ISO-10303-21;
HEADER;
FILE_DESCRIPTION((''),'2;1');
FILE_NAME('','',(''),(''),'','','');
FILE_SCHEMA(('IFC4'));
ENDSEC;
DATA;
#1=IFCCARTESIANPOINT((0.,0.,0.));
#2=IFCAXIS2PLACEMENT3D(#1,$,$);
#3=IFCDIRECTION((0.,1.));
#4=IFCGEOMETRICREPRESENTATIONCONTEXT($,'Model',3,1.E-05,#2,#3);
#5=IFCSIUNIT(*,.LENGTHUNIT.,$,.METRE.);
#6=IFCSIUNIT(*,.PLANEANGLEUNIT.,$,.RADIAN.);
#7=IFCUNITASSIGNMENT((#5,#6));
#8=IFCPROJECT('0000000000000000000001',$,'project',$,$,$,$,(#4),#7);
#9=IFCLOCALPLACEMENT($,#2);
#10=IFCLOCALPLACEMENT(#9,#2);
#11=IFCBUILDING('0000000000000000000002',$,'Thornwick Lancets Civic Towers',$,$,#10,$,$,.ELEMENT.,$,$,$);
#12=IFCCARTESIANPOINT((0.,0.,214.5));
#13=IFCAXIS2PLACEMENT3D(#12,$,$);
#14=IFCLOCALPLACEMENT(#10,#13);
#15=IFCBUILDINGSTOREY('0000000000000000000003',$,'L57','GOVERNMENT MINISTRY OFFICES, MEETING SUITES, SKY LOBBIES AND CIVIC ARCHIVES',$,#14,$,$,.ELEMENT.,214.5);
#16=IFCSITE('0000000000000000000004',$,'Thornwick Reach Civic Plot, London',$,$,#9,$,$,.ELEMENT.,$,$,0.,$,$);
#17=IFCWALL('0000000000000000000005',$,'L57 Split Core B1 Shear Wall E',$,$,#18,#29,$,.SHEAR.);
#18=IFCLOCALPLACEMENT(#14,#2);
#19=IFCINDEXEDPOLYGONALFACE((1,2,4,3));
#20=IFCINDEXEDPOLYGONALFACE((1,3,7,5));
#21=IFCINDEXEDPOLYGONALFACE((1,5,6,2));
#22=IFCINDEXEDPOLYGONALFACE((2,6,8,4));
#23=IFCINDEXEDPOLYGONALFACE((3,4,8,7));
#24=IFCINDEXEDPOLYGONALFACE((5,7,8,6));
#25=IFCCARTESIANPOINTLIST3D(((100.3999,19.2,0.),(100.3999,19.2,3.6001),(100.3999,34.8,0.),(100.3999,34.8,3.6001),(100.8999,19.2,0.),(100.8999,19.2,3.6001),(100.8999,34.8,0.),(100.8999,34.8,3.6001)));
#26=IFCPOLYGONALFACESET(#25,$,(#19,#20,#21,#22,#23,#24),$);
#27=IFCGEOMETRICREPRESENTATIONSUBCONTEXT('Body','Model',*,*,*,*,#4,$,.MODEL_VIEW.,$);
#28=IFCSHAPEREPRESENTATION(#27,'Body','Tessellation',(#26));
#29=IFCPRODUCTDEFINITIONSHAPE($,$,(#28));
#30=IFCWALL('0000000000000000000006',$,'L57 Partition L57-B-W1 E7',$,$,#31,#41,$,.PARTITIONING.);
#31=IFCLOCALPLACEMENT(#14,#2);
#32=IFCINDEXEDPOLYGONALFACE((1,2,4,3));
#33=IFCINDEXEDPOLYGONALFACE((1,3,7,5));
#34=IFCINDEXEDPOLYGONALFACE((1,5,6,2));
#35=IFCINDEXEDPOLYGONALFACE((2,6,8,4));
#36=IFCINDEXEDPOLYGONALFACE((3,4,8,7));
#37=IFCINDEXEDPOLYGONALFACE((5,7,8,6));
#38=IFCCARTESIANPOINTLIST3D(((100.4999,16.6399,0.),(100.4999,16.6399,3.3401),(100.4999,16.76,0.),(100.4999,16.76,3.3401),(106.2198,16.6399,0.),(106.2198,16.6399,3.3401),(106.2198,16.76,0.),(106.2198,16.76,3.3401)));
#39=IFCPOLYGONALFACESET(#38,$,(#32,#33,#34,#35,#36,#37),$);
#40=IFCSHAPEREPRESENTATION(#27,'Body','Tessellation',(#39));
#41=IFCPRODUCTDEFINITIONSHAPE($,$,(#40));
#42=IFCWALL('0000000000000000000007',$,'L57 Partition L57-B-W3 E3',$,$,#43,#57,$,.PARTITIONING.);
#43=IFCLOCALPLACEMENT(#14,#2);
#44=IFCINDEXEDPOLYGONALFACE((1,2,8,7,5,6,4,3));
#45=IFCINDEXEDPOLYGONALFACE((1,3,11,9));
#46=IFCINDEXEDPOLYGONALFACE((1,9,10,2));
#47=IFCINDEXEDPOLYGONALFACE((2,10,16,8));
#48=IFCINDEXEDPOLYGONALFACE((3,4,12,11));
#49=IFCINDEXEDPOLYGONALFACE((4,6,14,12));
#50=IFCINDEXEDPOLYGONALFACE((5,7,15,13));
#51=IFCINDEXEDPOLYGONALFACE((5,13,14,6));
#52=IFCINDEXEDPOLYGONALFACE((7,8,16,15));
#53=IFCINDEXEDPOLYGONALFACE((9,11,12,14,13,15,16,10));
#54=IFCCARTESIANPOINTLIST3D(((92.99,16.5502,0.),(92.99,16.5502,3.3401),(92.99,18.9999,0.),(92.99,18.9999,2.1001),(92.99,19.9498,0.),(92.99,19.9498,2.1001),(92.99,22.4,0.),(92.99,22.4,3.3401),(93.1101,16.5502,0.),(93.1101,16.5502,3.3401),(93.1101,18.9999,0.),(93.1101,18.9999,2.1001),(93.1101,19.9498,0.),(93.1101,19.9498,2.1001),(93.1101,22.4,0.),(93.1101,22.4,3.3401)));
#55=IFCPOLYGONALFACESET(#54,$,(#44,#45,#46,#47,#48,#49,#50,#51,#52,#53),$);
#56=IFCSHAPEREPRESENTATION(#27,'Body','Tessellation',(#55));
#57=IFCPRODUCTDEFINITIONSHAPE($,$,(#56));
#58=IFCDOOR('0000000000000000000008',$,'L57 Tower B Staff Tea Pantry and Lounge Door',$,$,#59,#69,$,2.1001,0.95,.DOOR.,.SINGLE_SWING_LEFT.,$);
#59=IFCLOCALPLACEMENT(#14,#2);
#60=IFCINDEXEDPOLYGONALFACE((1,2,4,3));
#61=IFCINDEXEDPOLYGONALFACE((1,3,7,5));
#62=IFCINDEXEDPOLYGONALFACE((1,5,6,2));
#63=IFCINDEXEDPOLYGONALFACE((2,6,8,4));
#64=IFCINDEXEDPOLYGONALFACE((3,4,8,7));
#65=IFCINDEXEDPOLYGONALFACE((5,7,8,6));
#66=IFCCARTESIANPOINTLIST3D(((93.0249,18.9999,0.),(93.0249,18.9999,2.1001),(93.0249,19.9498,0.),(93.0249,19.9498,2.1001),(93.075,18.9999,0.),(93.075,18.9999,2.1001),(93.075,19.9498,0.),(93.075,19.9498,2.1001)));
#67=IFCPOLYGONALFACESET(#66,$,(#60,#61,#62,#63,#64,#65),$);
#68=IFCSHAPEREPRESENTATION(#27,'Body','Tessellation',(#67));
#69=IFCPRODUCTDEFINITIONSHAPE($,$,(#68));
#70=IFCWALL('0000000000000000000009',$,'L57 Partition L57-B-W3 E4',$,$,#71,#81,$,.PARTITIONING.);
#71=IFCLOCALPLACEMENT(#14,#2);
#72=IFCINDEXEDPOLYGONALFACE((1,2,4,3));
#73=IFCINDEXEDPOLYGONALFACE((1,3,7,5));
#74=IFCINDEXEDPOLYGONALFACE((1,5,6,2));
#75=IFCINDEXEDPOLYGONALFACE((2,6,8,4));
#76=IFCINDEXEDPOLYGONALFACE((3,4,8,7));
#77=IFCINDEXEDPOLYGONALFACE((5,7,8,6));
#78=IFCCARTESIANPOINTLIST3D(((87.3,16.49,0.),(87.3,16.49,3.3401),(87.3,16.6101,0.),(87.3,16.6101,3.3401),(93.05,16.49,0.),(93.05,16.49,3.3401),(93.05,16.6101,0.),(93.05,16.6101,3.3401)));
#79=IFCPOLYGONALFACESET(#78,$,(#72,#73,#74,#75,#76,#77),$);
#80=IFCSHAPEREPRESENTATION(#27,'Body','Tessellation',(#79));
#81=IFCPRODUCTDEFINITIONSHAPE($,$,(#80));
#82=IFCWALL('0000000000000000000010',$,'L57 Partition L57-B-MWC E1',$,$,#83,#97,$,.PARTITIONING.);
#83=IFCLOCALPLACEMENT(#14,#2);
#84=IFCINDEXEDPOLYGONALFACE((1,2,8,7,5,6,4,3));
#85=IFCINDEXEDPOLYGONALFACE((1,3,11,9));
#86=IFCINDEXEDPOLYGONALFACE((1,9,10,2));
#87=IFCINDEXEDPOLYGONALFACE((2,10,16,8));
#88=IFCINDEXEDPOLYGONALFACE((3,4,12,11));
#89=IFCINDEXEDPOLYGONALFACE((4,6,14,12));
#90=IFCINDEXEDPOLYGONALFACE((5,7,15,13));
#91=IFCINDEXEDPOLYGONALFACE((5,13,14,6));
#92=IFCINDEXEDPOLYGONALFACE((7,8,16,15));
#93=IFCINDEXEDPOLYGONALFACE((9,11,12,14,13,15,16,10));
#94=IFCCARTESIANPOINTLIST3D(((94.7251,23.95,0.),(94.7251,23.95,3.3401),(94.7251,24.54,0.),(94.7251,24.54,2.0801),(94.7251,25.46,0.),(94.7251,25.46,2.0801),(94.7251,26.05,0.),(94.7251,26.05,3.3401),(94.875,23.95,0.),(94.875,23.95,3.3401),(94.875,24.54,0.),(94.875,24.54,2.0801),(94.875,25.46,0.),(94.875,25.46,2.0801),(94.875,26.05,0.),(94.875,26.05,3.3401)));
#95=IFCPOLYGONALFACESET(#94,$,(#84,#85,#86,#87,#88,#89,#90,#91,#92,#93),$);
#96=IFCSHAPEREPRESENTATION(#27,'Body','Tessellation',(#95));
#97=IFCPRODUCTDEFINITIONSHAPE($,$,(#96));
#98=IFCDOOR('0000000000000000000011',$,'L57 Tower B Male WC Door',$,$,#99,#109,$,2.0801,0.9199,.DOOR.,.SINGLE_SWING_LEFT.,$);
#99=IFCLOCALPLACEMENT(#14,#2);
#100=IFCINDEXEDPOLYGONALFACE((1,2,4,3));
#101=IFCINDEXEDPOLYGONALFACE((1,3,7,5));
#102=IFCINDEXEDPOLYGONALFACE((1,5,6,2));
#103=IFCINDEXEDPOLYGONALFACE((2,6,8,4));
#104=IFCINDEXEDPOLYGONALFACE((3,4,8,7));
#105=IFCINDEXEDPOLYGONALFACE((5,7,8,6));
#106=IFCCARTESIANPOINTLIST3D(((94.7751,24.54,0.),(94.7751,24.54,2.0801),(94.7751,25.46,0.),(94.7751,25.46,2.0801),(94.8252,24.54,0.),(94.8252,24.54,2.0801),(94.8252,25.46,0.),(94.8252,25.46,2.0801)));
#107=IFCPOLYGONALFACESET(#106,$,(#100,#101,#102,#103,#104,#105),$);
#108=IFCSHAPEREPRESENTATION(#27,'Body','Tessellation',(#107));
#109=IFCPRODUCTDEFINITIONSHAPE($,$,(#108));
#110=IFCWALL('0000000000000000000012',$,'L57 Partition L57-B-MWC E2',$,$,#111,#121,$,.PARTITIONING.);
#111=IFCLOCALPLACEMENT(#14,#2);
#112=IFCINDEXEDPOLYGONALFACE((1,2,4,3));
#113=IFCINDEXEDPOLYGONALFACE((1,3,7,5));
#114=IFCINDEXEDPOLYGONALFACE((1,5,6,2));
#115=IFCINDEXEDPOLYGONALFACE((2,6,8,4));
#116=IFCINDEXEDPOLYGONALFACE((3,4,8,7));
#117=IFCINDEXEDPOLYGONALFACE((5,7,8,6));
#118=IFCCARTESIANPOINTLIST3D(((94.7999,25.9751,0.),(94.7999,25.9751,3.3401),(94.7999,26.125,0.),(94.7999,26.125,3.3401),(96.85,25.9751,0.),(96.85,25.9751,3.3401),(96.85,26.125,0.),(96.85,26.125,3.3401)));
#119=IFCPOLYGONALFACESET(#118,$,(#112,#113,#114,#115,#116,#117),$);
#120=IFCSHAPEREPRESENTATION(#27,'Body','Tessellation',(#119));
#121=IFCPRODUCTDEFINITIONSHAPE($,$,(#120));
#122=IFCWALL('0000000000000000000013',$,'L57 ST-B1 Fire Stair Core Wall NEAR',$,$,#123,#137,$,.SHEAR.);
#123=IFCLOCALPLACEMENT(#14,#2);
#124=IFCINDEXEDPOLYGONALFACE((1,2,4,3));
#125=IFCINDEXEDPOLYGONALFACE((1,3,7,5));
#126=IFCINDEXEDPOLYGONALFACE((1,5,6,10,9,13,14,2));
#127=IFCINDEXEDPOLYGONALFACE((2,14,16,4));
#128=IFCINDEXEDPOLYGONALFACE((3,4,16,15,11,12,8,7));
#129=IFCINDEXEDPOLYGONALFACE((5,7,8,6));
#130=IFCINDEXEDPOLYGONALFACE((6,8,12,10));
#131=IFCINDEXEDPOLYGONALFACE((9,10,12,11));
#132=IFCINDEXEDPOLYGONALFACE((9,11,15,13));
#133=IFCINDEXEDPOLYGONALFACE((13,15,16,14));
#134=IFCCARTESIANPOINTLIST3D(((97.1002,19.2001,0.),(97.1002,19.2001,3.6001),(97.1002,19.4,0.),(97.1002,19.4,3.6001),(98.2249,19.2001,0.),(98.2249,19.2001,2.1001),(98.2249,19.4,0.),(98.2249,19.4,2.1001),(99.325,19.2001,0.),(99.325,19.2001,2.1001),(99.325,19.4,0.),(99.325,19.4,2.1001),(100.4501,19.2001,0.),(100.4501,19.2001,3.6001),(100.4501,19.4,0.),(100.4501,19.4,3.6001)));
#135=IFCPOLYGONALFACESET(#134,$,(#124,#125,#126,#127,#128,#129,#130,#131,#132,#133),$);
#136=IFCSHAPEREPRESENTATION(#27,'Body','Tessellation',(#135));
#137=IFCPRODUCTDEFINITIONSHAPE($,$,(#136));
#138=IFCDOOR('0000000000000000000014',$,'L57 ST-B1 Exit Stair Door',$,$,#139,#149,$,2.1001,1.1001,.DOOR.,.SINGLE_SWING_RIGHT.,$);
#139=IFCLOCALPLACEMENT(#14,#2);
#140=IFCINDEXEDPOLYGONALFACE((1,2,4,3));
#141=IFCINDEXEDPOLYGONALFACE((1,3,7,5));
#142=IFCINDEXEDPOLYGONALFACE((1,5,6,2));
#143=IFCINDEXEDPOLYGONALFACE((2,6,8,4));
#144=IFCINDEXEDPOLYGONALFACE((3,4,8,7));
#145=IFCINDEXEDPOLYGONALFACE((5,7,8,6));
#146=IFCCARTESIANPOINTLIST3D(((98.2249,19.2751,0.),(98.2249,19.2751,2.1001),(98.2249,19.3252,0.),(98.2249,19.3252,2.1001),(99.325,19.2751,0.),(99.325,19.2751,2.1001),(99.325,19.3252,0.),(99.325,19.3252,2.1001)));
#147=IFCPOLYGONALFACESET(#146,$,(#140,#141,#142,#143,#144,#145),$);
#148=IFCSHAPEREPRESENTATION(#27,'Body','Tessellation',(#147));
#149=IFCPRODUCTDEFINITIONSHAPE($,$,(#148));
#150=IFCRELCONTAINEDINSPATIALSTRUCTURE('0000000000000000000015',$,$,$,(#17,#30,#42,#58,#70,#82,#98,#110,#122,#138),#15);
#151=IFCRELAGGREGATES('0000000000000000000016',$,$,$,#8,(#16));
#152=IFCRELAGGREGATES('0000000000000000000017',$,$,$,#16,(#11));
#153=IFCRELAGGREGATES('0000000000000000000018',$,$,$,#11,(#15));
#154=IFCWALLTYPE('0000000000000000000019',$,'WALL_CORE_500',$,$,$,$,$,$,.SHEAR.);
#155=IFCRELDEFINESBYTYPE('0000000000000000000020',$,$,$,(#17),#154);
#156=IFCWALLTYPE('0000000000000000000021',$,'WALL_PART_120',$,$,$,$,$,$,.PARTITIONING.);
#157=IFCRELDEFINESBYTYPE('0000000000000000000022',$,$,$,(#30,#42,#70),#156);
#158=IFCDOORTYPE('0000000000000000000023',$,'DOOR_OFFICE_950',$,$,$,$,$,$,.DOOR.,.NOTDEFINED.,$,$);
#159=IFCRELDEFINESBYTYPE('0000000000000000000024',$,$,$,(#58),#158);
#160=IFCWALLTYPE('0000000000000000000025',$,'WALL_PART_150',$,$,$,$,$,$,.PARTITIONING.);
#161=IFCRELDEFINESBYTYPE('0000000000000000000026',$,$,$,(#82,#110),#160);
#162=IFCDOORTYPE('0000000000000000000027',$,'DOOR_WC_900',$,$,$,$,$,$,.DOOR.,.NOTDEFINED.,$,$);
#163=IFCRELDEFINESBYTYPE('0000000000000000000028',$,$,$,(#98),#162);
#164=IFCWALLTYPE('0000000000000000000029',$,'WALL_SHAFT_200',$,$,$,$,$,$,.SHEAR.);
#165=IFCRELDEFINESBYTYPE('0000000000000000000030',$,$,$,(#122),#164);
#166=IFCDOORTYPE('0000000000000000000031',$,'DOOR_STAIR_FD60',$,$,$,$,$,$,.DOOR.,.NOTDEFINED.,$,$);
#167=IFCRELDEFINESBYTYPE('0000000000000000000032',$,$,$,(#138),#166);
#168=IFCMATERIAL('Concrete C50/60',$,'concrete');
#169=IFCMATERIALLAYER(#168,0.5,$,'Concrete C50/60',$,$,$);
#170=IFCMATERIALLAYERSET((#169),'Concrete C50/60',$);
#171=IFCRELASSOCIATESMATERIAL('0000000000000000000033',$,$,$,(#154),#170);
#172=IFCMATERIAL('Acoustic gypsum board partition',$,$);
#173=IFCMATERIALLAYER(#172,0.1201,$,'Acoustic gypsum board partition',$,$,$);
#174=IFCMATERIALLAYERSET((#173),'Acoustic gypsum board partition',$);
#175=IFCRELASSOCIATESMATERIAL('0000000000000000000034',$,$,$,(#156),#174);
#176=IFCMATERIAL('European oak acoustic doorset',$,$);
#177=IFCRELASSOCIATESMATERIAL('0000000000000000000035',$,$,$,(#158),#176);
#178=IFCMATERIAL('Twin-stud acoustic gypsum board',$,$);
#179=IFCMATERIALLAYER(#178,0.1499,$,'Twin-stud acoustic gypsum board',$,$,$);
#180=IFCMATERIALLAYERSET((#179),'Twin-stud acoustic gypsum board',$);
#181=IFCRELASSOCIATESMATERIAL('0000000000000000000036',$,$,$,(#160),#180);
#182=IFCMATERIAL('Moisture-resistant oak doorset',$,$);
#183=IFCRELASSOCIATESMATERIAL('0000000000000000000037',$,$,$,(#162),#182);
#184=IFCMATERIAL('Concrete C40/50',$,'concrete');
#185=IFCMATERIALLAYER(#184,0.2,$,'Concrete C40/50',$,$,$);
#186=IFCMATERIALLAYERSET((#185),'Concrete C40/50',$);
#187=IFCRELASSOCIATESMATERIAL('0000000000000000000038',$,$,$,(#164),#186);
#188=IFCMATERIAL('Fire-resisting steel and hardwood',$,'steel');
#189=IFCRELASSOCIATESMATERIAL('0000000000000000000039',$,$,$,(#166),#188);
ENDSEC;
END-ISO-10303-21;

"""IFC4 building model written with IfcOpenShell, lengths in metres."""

from ifc_helpers import new_model, si_unit, direction, frame, frame_2d, origin, place, context, subcontext, project, spatial, rectangle, extrude, material, layer, layer_set, type_object, element, fill, save


model = new_model("IFC4")

# Units and contexts
model_context = context("Model", 3, precision=1e-05, world=origin(), true_north=direction((0.0, 1.0)))
body_context = subcontext(model_context, "Body", "Model", "MODEL_VIEW")
ifc_project = project(units=[si_unit("LENGTHUNIT", "METRE"), si_unit("PLANEANGLEUNIT", "RADIAN")], contexts=[model_context])

# Site, building, storey
site_placement = place(None, origin())
site = spatial("IfcSite", under=ifc_project, at=site_placement, Name="Thornwick Reach Civic Plot, London", CompositionType="ELEMENT", RefElevation=0.0)
building_placement = place(site_placement, origin())
building = spatial("IfcBuilding", under=site, at=building_placement, Name="Thornwick Lancets Civic Towers", CompositionType="ELEMENT")
storey_placement = place(building_placement, frame((0.0, 0.0, 214.5)))
storey = spatial("IfcBuildingStorey", under=building, at=storey_placement, Name="L57", Description="GOVERNMENT MINISTRY OFFICES, MEETING SUITES, SKY LOBBIES AND CIVIC ARCHIVES", CompositionType="ELEMENT", Elevation=214.5)

# Shared definitions
ifc_material_1 = material(Name="Concrete C50/60", Category="concrete")

# Shared definitions
ifc_material_2 = material(Name="Concrete C40/50", Category="concrete")

# Walls
ifc_layer_1 = layer(ifc_material_1, 0.5, Name="Concrete C50/60")
ifc_layer_set_1 = layer_set([ifc_layer_1], Name="Concrete C50/60")
wall_type_1 = type_object("IfcWallType", Name="WALL_CORE_500", PredefinedType="SHEAR", material=ifc_layer_set_1)
wall_1_placement = place(storey_placement, frame((100.6499, 19.2, 0.0), z_axis=(0.0, 0.0, 1.0), x_axis=(0.0, 1.0, 0.0)))
element("IfcWall", 1, at=wall_1_placement, inside=storey, type_object=wall_type_1, Name="L57 Split Core B1 Shear Wall E", PredefinedType="SHEAR", context=body_context, shape_type="SweptSolid", body=[
    extrude(rectangle(XDim=15.6001, YDim=0.5, at=frame_2d((7.8, 0.0))), origin(), (0.0, 0.0, 1.0), 3.6001),
])
ifc_material_3 = material(Name="Acoustic gypsum board partition")
ifc_layer_2 = layer(ifc_material_3, 0.1201, Name="Acoustic gypsum board partition")
ifc_layer_set_2 = layer_set([ifc_layer_2], Name="Acoustic gypsum board partition")
wall_type_2 = type_object("IfcWallType", Name="WALL_PART_120", PredefinedType="PARTITIONING", material=ifc_layer_set_2)
wall_2_placement = place(storey_placement, frame((100.5, 16.7, 0.0), z_axis=(0.0, 0.0, 1.0), x_axis=(1.0, 0.0, 0.0)))
element("IfcWall", 2, at=wall_2_placement, inside=storey, type_object=wall_type_2, Name="L57 Partition L57-B-W1 E7", PredefinedType="PARTITIONING", context=body_context, shape_type="SweptSolid", body=[
    extrude(rectangle(XDim=5.72, YDim=0.1201, at=frame_2d((2.8599, 0.0))), origin(), (0.0, 0.0, 1.0), 3.3401),
])

# Wall, opening, door
wall_3_placement = place(storey_placement, frame((93.05, 22.3999, 0.0), z_axis=(0.0, 0.0, 1.0), x_axis=(0.0, -1.0, 0.0)))
wall_3 = element("IfcWall", 3, at=wall_3_placement, inside=storey, type_object=wall_type_2, Name="L57 Partition L57-B-W3 E3", PredefinedType="PARTITIONING", context=body_context, shape_type="SweptSolid", body=[
    extrude(rectangle(XDim=5.8499, YDim=0.1201, at=frame_2d((2.9248, 0.0))), origin(), (0.0, 0.0, 1.0), 3.3401),
])
opening_1_placement = place(wall_3_placement, frame((2.45, 0.0, 0.0)))
opening_1 = element("IfcOpeningElement", 4, at=opening_1_placement, cuts=wall_3, PredefinedType="OPENING", context=body_context, shape_type="SweptSolid", body=[
    extrude(rectangle(XDim=0.95, YDim=2.1001, at=frame_2d((0.4751, 1.05))), frame((0.0, 0.0701, 0.0), z_axis=(0.0, -1.0, 0.0), x_axis=(1.0, 0.0, 0.0)), (0.0, 0.0, 1.0), 0.1401),
])
ifc_material_4 = material(Name="European oak acoustic doorset")
door_type_1 = type_object("IfcDoorType", Name="DOOR_OFFICE_950", OperationType="NOTDEFINED", PredefinedType="DOOR", material=ifc_material_4)
door_1_placement = place(opening_1_placement, origin())
door_1 = element("IfcDoor", 5, at=door_1_placement, inside=storey, type_object=door_type_1, Name="L57 Tower B Staff Tea Pantry and Lounge Door", OperationType="SINGLE_SWING_LEFT", OverallHeight=2.1001, OverallWidth=0.95, PredefinedType="DOOR", context=body_context, shape_type="SweptSolid", body=[
    extrude(rectangle(XDim=0.95, YDim=2.1001, at=frame_2d((0.4751, 1.05))), frame((0.0, 0.0249, 0.0), z_axis=(0.0, -1.0, 0.0), x_axis=(1.0, 0.0, 0.0)), (0.0, 0.0, 1.0), 0.05),
])
fill(opening_1, door_1)

# Wall
wall_4_placement = place(storey_placement, frame((93.05, 16.55, 0.0), z_axis=(0.0, 0.0, 1.0), x_axis=(-1.0, 0.0, 0.0)))
element("IfcWall", 6, at=wall_4_placement, inside=storey, type_object=wall_type_2, Name="L57 Partition L57-B-W3 E4", PredefinedType="PARTITIONING", context=body_context, shape_type="SweptSolid", body=[
    extrude(rectangle(XDim=5.75, YDim=0.1201, at=frame_2d((2.875, 0.0))), origin(), (0.0, 0.0, 1.0), 3.3401),
])

# Wall, opening, door
ifc_material_5 = material(Name="Twin-stud acoustic gypsum board")
ifc_layer_3 = layer(ifc_material_5, 0.1499, Name="Twin-stud acoustic gypsum board")
ifc_layer_set_3 = layer_set([ifc_layer_3], Name="Twin-stud acoustic gypsum board")
wall_type_3 = type_object("IfcWallType", Name="WALL_PART_150", PredefinedType="PARTITIONING", material=ifc_layer_set_3)
wall_5_placement = place(storey_placement, frame((94.8, 23.95, 0.0), z_axis=(0.0, 0.0, 1.0), x_axis=(0.0, 1.0, 0.0)))
wall_5 = element("IfcWall", 7, at=wall_5_placement, inside=storey, type_object=wall_type_3, Name="L57 Partition L57-B-MWC E1", PredefinedType="PARTITIONING", context=body_context, shape_type="SweptSolid", body=[
    extrude(rectangle(XDim=2.1001, YDim=0.1499, at=frame_2d((1.05, 0.0))), origin(), (0.0, 0.0, 1.0), 3.3401),
])
opening_2_placement = place(wall_5_placement, frame((0.5901, 0.0, 0.0)))
opening_2 = element("IfcOpeningElement", 8, at=opening_2_placement, cuts=wall_5, PredefinedType="OPENING", context=body_context, shape_type="SweptSolid", body=[
    extrude(rectangle(XDim=0.9199, YDim=2.0801, at=frame_2d((0.46, 1.04))), frame((0.0, 0.085, 0.0), z_axis=(0.0, -1.0, 0.0), x_axis=(1.0, 0.0, 0.0)), (0.0, 0.0, 1.0), 0.1699),
])
ifc_material_6 = material(Name="Moisture-resistant oak doorset")
door_type_2 = type_object("IfcDoorType", Name="DOOR_WC_900", OperationType="NOTDEFINED", PredefinedType="DOOR", material=ifc_material_6)
door_2_placement = place(opening_2_placement, origin())
door_2 = element("IfcDoor", 9, at=door_2_placement, inside=storey, type_object=door_type_2, Name="L57 Tower B Male WC Door", OperationType="SINGLE_SWING_LEFT", OverallHeight=2.0801, OverallWidth=0.9199, PredefinedType="DOOR", context=body_context, shape_type="SweptSolid", body=[
    extrude(rectangle(XDim=0.9199, YDim=2.0801, at=frame_2d((0.46, 1.04))), frame((0.0, 0.0249, 0.0), z_axis=(0.0, -1.0, 0.0), x_axis=(1.0, 0.0, 0.0)), (0.0, 0.0, 1.0), 0.05),
])
fill(opening_2, door_2)

# Wall
wall_6_placement = place(storey_placement, frame((94.8, 26.05, 0.0), z_axis=(0.0, 0.0, 1.0), x_axis=(1.0, 0.0, 0.0)))
element("IfcWall", 10, at=wall_6_placement, inside=storey, type_object=wall_type_3, Name="L57 Partition L57-B-MWC E2", PredefinedType="PARTITIONING", context=body_context, shape_type="SweptSolid", body=[
    extrude(rectangle(XDim=2.05, YDim=0.1499, at=frame_2d((1.0249, 0.0))), origin(), (0.0, 0.0, 1.0), 3.3401),
])

# Wall, opening, door
ifc_layer_4 = layer(ifc_material_2, 0.2, Name="Concrete C40/50")
ifc_layer_set_4 = layer_set([ifc_layer_4], Name="Concrete C40/50")
wall_type_4 = type_object("IfcWallType", Name="WALL_SHAFT_200", PredefinedType="SHEAR", material=ifc_layer_set_4)
wall_7_placement = place(storey_placement, frame((100.45, 19.3, 0.0), z_axis=(0.0, 0.0, 1.0), x_axis=(-1.0, 0.0, 0.0)))
wall_7 = element("IfcWall", 11, at=wall_7_placement, inside=storey, type_object=wall_type_4, Name="L57 ST-B1 Fire Stair Core Wall NEAR", PredefinedType="SHEAR", context=body_context, shape_type="SweptSolid", body=[
    extrude(rectangle(XDim=3.3499, YDim=0.2, at=frame_2d((1.6748, 0.0))), origin(), (0.0, 0.0, 1.0), 3.6001),
])
opening_3_placement = place(wall_7_placement, frame((1.125, 0.0, 0.0)))
opening_3 = element("IfcOpeningElement", 12, at=opening_3_placement, cuts=wall_7, PredefinedType="OPENING", context=body_context, shape_type="SweptSolid", body=[
    extrude(rectangle(XDim=1.1001, YDim=2.1001, at=frame_2d((0.55, 1.05))), frame((0.0, 0.1099, 0.0), z_axis=(0.0, -1.0, 0.0), x_axis=(1.0, 0.0, 0.0)), (0.0, 0.0, 1.0), 0.22),
])
ifc_material_7 = material(Name="Fire-resisting steel and hardwood", Category="steel")
door_type_3 = type_object("IfcDoorType", Name="DOOR_STAIR_FD60", OperationType="NOTDEFINED", PredefinedType="DOOR", material=ifc_material_7)
door_3_placement = place(opening_3_placement, origin())
door_3 = element("IfcDoor", 13, at=door_3_placement, inside=storey, type_object=door_type_3, Name="L57 ST-B1 Exit Stair Door", OperationType="SINGLE_SWING_RIGHT", OverallHeight=2.1001, OverallWidth=1.1001, PredefinedType="DOOR", context=body_context, shape_type="SweptSolid", body=[
    extrude(rectangle(XDim=1.1001, YDim=2.1001, at=frame_2d((0.55, 1.05))), frame((0.0, 0.0249, 0.0), z_axis=(0.0, -1.0, 0.0), x_axis=(1.0, 0.0, 0.0)), (0.0, 0.0, 1.0), 0.05),
])
fill(opening_3, door_3)

save(model, "model.ifc")
